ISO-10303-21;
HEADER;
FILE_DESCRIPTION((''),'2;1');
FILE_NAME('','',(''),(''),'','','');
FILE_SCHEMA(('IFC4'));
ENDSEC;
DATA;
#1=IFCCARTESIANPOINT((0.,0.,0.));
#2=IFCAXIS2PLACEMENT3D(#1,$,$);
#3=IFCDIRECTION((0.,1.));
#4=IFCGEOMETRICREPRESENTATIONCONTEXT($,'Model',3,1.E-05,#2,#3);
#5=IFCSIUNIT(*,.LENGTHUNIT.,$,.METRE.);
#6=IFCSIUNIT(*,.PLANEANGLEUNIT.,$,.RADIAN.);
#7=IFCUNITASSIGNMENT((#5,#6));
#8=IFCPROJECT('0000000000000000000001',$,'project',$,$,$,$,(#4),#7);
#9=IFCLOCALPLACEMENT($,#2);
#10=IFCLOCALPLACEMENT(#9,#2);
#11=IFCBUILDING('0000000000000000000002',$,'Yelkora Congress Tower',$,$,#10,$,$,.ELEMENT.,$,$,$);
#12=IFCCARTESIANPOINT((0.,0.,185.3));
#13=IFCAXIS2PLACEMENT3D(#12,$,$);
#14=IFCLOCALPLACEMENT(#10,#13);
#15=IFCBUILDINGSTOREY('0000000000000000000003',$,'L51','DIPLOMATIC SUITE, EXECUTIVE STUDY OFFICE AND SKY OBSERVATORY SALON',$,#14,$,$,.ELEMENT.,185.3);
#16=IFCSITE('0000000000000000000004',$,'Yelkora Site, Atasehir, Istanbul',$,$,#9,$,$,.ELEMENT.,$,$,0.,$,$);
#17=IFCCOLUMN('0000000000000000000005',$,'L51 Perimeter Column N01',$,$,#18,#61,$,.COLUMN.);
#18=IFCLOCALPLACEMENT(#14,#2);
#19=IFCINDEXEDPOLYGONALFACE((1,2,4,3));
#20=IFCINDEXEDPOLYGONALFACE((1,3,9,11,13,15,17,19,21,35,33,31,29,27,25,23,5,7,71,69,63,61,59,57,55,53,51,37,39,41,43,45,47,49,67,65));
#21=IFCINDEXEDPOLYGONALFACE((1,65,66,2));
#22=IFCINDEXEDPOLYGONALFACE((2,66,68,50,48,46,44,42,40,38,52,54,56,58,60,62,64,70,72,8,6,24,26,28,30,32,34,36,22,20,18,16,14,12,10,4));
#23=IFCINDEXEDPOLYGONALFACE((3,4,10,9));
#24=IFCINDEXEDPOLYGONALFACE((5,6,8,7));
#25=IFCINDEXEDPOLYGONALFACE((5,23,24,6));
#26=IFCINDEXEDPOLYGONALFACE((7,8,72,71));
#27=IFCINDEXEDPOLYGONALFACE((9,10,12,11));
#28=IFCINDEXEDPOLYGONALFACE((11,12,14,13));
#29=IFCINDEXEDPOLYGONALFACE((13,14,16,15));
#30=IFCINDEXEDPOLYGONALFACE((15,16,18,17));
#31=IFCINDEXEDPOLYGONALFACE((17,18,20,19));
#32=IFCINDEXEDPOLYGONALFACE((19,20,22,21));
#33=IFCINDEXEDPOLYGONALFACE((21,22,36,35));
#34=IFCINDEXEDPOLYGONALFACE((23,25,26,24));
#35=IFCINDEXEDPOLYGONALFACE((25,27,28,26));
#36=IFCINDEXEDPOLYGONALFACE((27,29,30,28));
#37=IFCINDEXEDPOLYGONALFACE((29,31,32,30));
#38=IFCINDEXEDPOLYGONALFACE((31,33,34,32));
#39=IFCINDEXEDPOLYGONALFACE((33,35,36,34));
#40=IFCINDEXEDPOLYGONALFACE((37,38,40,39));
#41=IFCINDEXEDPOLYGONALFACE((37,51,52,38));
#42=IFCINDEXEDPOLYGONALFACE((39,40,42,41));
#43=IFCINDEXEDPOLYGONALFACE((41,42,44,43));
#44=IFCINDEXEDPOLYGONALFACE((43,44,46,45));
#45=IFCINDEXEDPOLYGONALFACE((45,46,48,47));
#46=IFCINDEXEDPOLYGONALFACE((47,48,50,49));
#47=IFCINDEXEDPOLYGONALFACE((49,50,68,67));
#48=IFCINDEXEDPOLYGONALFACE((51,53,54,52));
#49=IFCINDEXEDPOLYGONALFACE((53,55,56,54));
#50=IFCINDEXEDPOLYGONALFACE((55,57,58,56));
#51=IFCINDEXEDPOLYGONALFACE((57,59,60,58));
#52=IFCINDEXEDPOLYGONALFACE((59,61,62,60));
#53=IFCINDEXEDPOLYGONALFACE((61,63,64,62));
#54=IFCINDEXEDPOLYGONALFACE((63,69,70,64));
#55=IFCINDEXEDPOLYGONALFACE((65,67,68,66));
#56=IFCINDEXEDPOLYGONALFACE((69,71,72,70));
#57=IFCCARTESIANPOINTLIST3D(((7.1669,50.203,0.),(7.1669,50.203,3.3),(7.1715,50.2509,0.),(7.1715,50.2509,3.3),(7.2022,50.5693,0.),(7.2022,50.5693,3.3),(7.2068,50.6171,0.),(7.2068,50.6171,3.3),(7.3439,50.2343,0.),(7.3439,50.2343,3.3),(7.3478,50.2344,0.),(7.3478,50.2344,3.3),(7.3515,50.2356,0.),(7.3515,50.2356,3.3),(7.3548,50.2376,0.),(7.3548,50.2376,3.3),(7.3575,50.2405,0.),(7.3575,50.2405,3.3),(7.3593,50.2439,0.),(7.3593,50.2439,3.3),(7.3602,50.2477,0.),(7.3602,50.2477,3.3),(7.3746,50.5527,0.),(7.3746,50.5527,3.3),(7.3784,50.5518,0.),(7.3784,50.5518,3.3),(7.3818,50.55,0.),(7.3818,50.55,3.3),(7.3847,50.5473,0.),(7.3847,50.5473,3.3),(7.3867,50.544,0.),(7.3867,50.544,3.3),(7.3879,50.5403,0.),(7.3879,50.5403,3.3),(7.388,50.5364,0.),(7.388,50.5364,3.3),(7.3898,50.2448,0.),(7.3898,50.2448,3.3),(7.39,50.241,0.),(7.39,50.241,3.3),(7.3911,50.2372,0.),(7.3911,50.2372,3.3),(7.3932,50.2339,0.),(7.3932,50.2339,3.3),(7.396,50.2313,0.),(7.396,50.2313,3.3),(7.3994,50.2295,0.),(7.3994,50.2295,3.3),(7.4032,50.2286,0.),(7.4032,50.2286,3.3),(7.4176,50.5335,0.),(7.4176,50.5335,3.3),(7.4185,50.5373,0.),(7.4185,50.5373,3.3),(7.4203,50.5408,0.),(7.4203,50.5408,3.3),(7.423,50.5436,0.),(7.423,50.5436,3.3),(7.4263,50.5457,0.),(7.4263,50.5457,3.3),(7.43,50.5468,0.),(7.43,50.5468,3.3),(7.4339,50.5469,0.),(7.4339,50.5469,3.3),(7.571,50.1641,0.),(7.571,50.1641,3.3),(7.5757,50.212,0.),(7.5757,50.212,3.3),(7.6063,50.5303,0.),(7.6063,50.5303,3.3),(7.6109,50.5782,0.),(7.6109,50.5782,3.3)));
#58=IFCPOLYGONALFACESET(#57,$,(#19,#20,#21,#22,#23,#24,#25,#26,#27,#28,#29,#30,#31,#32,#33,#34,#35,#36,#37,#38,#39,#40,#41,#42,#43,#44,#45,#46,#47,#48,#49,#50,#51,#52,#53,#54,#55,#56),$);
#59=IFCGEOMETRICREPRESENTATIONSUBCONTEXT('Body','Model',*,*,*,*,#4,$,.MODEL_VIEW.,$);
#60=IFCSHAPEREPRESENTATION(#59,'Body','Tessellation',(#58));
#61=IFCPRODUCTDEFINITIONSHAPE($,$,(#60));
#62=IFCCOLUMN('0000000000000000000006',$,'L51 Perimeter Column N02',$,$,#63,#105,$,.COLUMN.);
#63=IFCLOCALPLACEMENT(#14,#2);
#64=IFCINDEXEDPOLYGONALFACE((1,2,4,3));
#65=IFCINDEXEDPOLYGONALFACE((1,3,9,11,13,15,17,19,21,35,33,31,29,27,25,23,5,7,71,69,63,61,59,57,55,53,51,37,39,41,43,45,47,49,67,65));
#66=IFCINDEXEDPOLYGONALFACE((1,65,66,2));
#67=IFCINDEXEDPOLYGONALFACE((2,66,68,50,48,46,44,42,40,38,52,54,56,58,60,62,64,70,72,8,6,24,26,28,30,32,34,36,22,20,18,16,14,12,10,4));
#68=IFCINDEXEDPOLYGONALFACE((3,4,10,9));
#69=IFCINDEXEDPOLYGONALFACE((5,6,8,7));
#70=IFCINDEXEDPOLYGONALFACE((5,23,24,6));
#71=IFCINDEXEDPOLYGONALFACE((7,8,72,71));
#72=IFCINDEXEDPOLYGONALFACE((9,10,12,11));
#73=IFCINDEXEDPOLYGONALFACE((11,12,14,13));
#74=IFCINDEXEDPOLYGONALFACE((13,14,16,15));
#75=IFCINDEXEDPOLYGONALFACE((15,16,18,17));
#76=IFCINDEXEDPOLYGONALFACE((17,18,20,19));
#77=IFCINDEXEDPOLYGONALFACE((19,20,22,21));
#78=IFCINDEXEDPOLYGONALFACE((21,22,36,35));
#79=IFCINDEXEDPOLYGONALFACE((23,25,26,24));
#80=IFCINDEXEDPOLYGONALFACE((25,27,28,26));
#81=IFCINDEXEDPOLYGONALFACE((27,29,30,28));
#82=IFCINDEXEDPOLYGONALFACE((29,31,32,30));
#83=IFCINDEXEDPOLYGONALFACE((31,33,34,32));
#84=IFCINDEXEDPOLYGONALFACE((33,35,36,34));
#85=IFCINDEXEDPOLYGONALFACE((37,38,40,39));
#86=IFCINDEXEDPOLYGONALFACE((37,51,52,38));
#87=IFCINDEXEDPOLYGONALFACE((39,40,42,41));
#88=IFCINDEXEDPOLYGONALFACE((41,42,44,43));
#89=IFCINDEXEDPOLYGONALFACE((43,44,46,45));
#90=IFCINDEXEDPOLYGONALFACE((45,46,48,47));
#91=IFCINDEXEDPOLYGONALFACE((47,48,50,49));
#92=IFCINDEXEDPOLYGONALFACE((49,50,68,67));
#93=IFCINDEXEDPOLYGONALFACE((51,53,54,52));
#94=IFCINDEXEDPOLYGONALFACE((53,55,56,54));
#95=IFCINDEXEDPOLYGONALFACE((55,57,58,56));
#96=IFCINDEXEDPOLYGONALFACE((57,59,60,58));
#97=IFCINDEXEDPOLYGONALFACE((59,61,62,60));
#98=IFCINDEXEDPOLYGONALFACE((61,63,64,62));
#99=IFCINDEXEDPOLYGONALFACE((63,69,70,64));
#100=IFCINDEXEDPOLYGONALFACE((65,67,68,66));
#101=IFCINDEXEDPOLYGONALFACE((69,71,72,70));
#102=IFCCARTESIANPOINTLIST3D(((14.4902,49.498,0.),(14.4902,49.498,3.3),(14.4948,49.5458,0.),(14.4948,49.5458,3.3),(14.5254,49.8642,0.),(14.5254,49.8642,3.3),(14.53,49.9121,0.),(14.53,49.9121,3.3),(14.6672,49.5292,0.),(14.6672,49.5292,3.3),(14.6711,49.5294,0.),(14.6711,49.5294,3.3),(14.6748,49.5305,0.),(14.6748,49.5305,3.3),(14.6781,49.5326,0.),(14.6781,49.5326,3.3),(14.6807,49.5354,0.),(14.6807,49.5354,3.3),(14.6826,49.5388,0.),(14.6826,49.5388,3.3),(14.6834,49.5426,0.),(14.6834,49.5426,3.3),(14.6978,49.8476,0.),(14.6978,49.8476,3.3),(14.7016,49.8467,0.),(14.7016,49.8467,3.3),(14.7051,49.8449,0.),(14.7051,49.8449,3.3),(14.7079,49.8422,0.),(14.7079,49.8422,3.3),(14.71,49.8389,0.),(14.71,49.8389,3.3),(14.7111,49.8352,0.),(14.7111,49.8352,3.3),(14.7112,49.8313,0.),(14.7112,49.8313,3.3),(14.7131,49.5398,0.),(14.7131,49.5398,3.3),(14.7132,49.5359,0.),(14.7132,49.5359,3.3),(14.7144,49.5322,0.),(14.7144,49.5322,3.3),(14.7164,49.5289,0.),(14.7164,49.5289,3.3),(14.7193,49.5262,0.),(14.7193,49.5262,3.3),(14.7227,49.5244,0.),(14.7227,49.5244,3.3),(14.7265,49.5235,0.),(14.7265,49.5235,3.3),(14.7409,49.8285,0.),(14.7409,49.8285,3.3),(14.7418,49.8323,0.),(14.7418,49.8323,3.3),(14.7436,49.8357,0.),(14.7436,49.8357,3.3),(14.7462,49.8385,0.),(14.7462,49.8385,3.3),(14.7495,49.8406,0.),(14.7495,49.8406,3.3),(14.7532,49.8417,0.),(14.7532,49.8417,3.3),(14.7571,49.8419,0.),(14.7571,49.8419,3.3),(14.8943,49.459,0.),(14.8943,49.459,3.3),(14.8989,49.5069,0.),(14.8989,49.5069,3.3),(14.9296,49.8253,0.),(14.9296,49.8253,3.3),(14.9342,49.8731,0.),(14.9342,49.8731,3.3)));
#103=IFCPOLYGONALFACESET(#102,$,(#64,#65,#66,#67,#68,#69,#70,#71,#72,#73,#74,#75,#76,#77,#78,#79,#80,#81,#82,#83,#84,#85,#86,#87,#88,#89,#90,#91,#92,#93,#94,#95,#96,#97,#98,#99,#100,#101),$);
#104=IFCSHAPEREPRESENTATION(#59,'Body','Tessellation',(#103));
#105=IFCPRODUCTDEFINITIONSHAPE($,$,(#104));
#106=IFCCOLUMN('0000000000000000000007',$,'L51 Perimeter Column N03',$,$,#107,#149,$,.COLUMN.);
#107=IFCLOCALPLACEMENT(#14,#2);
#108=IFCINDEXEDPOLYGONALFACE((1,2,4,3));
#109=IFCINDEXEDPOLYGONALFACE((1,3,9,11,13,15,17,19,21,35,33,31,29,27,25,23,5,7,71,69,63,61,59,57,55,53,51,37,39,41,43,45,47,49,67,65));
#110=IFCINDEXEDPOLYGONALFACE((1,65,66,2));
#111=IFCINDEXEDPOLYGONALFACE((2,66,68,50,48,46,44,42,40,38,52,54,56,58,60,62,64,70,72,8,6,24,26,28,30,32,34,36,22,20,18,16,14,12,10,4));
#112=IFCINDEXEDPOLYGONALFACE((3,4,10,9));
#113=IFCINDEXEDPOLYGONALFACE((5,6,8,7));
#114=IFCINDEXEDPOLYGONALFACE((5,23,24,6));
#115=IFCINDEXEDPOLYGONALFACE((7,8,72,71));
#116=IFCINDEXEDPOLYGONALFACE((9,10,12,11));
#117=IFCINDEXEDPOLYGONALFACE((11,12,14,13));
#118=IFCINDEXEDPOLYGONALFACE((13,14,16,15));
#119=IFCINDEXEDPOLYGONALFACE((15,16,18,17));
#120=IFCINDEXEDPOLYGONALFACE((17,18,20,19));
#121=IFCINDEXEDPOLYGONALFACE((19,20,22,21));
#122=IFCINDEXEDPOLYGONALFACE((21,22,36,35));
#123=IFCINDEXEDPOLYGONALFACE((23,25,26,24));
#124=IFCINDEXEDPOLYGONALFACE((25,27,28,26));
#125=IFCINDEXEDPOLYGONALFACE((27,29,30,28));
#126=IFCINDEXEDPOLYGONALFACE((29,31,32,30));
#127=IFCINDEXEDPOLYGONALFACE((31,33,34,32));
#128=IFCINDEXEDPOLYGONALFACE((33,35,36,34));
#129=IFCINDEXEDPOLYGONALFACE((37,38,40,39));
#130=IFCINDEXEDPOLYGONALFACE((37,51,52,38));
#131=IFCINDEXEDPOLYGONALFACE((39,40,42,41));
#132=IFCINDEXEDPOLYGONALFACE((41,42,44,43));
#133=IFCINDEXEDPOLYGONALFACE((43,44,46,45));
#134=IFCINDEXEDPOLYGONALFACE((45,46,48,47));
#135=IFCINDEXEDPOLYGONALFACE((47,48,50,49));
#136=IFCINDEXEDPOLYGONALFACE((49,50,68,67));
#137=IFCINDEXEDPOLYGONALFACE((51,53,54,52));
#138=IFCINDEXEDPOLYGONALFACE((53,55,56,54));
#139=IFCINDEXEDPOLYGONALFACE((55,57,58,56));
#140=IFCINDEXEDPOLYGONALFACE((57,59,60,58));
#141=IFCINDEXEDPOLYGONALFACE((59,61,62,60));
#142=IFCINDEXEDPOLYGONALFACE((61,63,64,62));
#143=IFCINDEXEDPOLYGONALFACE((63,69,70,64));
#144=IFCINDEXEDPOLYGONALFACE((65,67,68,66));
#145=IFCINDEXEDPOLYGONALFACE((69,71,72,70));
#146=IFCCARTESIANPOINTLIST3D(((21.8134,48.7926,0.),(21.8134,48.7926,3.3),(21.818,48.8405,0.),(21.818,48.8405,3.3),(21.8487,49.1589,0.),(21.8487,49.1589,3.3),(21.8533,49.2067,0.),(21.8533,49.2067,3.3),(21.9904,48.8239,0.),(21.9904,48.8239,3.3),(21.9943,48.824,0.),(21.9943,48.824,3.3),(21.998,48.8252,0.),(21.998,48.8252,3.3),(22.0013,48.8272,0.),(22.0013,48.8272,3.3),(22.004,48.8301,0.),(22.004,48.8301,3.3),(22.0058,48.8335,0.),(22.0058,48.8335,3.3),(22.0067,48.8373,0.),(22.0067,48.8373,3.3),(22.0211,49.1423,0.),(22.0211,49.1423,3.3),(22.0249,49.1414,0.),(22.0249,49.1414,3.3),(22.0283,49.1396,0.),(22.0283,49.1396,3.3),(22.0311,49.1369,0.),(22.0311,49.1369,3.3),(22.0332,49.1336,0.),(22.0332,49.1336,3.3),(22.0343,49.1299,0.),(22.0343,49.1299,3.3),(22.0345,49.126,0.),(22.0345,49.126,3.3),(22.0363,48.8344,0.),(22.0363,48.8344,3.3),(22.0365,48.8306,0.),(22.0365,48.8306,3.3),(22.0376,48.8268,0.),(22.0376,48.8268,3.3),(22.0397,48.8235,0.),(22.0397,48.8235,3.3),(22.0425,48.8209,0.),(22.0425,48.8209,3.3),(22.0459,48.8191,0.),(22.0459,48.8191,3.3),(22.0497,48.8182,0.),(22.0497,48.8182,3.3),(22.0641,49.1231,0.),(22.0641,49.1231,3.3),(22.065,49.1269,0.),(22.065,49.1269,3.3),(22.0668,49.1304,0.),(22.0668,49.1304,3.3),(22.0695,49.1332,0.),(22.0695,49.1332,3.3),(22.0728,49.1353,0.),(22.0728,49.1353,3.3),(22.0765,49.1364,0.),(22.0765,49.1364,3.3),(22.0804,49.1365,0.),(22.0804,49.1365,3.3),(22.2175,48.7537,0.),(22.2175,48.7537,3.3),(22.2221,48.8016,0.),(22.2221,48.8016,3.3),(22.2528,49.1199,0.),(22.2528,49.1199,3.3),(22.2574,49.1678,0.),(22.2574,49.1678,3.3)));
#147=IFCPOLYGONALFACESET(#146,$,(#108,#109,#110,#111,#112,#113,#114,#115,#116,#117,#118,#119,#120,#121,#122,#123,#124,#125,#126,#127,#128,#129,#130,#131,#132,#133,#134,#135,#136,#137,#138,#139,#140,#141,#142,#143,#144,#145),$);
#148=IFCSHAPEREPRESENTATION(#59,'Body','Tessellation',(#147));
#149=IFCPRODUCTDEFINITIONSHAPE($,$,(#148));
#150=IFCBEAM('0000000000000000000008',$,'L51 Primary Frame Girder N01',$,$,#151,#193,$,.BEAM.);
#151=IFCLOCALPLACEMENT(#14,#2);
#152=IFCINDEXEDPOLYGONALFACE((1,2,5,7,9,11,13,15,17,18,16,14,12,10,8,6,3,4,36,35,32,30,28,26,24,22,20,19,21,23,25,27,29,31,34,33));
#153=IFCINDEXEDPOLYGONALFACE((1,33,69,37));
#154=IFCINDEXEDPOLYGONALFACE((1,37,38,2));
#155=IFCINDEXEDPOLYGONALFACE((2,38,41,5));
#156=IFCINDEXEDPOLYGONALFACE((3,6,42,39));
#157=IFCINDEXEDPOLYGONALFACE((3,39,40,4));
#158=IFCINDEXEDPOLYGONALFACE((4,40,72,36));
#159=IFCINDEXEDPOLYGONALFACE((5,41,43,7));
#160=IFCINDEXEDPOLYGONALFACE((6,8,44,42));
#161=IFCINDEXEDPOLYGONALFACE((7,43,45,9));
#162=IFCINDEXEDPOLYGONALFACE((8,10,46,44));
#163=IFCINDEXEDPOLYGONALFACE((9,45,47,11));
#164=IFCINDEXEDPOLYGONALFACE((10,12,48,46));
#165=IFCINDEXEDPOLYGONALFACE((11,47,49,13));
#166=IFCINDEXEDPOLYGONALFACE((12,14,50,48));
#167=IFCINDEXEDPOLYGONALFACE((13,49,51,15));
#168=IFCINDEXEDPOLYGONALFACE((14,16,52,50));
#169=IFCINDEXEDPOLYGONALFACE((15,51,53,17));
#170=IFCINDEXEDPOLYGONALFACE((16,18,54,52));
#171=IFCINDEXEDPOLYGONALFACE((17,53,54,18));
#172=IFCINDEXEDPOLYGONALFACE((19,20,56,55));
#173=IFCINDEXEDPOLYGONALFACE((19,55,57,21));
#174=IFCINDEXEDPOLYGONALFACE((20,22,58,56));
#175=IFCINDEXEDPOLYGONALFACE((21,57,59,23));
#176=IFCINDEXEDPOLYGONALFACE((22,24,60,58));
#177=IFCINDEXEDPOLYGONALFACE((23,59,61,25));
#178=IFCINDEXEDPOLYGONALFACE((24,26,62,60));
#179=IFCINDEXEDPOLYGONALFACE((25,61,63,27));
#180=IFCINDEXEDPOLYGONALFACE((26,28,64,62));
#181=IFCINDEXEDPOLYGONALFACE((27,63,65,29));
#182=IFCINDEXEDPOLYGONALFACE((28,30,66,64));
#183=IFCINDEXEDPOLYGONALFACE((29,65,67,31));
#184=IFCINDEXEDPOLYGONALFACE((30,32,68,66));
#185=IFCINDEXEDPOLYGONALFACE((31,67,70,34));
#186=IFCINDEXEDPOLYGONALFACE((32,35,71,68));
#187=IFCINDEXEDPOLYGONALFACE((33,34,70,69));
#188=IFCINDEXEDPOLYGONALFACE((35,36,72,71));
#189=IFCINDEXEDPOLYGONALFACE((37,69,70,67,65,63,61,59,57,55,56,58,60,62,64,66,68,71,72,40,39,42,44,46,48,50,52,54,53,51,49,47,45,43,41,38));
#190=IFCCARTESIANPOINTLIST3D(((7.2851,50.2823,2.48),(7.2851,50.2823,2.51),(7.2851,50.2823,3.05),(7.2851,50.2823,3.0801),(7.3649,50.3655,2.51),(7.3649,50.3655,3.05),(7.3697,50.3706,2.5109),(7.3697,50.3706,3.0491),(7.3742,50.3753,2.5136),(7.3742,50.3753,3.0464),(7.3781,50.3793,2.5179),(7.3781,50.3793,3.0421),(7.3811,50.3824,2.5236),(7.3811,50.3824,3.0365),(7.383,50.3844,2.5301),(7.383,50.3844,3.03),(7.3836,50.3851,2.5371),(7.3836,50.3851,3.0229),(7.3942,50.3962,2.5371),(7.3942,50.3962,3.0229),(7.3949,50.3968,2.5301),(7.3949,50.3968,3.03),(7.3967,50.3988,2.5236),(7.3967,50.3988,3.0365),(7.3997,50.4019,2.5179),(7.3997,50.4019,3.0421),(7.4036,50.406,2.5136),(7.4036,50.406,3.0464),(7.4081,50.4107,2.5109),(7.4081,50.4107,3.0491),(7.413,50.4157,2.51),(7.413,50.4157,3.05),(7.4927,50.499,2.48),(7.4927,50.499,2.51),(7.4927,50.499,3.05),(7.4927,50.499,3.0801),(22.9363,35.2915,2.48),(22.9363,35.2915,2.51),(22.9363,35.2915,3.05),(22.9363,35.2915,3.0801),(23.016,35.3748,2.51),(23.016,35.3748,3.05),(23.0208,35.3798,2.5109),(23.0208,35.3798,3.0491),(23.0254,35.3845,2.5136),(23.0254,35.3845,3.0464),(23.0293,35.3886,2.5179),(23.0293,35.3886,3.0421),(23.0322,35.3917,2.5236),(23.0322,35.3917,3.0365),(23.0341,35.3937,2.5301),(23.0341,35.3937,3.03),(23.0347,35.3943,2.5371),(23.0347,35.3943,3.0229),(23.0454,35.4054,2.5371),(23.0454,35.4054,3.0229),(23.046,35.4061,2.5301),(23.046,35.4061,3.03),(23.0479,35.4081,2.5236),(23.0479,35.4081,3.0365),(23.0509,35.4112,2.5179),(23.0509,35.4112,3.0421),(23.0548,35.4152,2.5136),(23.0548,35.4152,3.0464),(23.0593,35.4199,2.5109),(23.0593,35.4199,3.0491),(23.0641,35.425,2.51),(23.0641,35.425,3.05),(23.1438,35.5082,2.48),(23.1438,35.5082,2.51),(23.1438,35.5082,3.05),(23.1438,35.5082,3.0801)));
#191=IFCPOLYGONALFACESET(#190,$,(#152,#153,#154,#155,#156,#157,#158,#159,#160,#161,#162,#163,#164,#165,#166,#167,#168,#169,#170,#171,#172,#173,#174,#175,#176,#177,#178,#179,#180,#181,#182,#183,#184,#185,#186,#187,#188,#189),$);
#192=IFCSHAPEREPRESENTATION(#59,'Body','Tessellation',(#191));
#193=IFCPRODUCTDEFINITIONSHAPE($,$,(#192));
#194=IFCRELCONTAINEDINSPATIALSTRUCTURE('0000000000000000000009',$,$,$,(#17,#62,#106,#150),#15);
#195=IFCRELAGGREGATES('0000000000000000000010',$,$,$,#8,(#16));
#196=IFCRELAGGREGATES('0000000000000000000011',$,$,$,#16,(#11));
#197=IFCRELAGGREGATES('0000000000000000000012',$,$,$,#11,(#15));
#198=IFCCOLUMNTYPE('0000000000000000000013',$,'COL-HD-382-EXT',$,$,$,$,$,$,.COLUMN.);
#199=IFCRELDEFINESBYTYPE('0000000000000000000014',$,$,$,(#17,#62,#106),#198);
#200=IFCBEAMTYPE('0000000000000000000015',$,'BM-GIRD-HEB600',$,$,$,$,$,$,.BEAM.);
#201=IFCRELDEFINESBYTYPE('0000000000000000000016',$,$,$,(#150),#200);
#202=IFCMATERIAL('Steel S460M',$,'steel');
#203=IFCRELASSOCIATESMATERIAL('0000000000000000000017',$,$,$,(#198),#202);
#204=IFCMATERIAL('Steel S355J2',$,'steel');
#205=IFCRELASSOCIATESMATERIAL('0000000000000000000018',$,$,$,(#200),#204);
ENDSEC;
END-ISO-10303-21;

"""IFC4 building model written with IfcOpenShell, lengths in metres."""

from ifc_helpers import new_model, si_unit, direction, frame, origin, origin_2d, place, context, subcontext, project, spatial, i_section, extrude, material, material_profile, profile_set, type_object, element, save


model = new_model("IFC4")

# Units and contexts
model_context = context("Model", 3, precision=1e-05, world=origin(), true_north=direction((0.0, 1.0)))
body_context = subcontext(model_context, "Body", "Model", "MODEL_VIEW")
ifc_project = project(units=[si_unit("LENGTHUNIT", "METRE"), si_unit("PLANEANGLEUNIT", "RADIAN")], contexts=[model_context])

# Site, building, storey
site_placement = place(None, origin())
site = spatial("IfcSite", under=ifc_project, at=site_placement, Name="Yelkora Site, Atasehir, Istanbul", CompositionType="ELEMENT", RefElevation=0.0)
building_placement = place(site_placement, origin())
building = spatial("IfcBuilding", under=site, at=building_placement, Name="Yelkora Congress Tower", CompositionType="ELEMENT")
storey_placement = place(building_placement, frame((0.0, 0.0, 185.3)))
storey = spatial("IfcBuildingStorey", under=building, at=storey_placement, Name="L51", Description="DIPLOMATIC SUITE, EXECUTIVE STUDY OFFICE AND SKY OBSERVATORY SALON", CompositionType="ELEMENT", Elevation=185.3)

# Columns
ifc_material_1 = material(Name="Steel S460M", Category="steel")
ifc_material_profile_1 = material_profile(ifc_material_1, i_section(OverallWidth=0.406, OverallDepth=0.416, WebThickness=0.0298, FlangeThickness=0.0481, FilletRadius=0.0149, at=origin_2d()), Name="HD 400x382")
ifc_profile_set_1 = profile_set([ifc_material_profile_1], Name="Steel S460M")
column_type = type_object("IfcColumnType", Name="COL-HD-382-EXT", PredefinedType="COLUMN", material=ifc_profile_set_1)
for number, where, z_axis, x_axis, name in (
    (1, (7.3889, 50.3906, 0.0), (0.0, 0.0, 1.0), (0.995396, -0.095846, 0.0), "L51 Perimeter Column N01"),
    (2, (14.7122, 49.6855, 0.0), (0.0, 0.0, 1.0), (0.995396, -0.095846, 0.0), "L51 Perimeter Column N02"),
    (3, (22.0354, 48.9802, 0.0), (0.0, 0.0, 1.0), (0.995396, -0.095846, 0.0), "L51 Perimeter Column N03"),
):
    element("IfcColumn", number, at=place(storey_placement, frame(where, z_axis=z_axis, x_axis=x_axis)), inside=storey, type_object=column_type, Name=name, PredefinedType="COLUMN", context=body_context, shape_type="SweptSolid", body=[
        extrude(i_section(OverallWidth=0.406, OverallDepth=0.416, WebThickness=0.0298, FlangeThickness=0.0481, FilletRadius=0.0149, at=origin_2d()), origin(), (0.0, 0.0, 1.0), 3.3),
    ])

# Beam
ifc_material_2 = material(Name="Steel S355J2", Category="steel")
ifc_material_profile_2 = material_profile(ifc_material_2, i_section(OverallWidth=0.3, OverallDepth=0.6001, WebThickness=0.0154, FlangeThickness=0.03, FilletRadius=0.0271, at=origin_2d()), Name="HEB 600")
ifc_profile_set_2 = profile_set([ifc_material_profile_2], Name="Steel S355J2")
beam_type_1 = type_object("IfcBeamType", Name="BM-GIRD-HEB600", PredefinedType="BEAM", material=ifc_profile_set_2)
beam_1_placement = place(storey_placement, frame((7.3889, 50.3906, 2.78), z_axis=(0.722179, -0.691706, 0.0), x_axis=(0.691706, 0.722179, 0.0)))
element("IfcBeam", 4, at=beam_1_placement, inside=storey, type_object=beam_type_1, Name="L51 Primary Frame Girder N01", PredefinedType="BEAM", context=body_context, shape_type="SweptSolid", body=[
    extrude(i_section(OverallWidth=0.3, OverallDepth=0.6001, WebThickness=0.0154, FlangeThickness=0.03, FilletRadius=0.0271, at=origin_2d()), origin(), (0.0, 0.0, 1.0), 21.6721),
])

save(model, "model.ifc")
